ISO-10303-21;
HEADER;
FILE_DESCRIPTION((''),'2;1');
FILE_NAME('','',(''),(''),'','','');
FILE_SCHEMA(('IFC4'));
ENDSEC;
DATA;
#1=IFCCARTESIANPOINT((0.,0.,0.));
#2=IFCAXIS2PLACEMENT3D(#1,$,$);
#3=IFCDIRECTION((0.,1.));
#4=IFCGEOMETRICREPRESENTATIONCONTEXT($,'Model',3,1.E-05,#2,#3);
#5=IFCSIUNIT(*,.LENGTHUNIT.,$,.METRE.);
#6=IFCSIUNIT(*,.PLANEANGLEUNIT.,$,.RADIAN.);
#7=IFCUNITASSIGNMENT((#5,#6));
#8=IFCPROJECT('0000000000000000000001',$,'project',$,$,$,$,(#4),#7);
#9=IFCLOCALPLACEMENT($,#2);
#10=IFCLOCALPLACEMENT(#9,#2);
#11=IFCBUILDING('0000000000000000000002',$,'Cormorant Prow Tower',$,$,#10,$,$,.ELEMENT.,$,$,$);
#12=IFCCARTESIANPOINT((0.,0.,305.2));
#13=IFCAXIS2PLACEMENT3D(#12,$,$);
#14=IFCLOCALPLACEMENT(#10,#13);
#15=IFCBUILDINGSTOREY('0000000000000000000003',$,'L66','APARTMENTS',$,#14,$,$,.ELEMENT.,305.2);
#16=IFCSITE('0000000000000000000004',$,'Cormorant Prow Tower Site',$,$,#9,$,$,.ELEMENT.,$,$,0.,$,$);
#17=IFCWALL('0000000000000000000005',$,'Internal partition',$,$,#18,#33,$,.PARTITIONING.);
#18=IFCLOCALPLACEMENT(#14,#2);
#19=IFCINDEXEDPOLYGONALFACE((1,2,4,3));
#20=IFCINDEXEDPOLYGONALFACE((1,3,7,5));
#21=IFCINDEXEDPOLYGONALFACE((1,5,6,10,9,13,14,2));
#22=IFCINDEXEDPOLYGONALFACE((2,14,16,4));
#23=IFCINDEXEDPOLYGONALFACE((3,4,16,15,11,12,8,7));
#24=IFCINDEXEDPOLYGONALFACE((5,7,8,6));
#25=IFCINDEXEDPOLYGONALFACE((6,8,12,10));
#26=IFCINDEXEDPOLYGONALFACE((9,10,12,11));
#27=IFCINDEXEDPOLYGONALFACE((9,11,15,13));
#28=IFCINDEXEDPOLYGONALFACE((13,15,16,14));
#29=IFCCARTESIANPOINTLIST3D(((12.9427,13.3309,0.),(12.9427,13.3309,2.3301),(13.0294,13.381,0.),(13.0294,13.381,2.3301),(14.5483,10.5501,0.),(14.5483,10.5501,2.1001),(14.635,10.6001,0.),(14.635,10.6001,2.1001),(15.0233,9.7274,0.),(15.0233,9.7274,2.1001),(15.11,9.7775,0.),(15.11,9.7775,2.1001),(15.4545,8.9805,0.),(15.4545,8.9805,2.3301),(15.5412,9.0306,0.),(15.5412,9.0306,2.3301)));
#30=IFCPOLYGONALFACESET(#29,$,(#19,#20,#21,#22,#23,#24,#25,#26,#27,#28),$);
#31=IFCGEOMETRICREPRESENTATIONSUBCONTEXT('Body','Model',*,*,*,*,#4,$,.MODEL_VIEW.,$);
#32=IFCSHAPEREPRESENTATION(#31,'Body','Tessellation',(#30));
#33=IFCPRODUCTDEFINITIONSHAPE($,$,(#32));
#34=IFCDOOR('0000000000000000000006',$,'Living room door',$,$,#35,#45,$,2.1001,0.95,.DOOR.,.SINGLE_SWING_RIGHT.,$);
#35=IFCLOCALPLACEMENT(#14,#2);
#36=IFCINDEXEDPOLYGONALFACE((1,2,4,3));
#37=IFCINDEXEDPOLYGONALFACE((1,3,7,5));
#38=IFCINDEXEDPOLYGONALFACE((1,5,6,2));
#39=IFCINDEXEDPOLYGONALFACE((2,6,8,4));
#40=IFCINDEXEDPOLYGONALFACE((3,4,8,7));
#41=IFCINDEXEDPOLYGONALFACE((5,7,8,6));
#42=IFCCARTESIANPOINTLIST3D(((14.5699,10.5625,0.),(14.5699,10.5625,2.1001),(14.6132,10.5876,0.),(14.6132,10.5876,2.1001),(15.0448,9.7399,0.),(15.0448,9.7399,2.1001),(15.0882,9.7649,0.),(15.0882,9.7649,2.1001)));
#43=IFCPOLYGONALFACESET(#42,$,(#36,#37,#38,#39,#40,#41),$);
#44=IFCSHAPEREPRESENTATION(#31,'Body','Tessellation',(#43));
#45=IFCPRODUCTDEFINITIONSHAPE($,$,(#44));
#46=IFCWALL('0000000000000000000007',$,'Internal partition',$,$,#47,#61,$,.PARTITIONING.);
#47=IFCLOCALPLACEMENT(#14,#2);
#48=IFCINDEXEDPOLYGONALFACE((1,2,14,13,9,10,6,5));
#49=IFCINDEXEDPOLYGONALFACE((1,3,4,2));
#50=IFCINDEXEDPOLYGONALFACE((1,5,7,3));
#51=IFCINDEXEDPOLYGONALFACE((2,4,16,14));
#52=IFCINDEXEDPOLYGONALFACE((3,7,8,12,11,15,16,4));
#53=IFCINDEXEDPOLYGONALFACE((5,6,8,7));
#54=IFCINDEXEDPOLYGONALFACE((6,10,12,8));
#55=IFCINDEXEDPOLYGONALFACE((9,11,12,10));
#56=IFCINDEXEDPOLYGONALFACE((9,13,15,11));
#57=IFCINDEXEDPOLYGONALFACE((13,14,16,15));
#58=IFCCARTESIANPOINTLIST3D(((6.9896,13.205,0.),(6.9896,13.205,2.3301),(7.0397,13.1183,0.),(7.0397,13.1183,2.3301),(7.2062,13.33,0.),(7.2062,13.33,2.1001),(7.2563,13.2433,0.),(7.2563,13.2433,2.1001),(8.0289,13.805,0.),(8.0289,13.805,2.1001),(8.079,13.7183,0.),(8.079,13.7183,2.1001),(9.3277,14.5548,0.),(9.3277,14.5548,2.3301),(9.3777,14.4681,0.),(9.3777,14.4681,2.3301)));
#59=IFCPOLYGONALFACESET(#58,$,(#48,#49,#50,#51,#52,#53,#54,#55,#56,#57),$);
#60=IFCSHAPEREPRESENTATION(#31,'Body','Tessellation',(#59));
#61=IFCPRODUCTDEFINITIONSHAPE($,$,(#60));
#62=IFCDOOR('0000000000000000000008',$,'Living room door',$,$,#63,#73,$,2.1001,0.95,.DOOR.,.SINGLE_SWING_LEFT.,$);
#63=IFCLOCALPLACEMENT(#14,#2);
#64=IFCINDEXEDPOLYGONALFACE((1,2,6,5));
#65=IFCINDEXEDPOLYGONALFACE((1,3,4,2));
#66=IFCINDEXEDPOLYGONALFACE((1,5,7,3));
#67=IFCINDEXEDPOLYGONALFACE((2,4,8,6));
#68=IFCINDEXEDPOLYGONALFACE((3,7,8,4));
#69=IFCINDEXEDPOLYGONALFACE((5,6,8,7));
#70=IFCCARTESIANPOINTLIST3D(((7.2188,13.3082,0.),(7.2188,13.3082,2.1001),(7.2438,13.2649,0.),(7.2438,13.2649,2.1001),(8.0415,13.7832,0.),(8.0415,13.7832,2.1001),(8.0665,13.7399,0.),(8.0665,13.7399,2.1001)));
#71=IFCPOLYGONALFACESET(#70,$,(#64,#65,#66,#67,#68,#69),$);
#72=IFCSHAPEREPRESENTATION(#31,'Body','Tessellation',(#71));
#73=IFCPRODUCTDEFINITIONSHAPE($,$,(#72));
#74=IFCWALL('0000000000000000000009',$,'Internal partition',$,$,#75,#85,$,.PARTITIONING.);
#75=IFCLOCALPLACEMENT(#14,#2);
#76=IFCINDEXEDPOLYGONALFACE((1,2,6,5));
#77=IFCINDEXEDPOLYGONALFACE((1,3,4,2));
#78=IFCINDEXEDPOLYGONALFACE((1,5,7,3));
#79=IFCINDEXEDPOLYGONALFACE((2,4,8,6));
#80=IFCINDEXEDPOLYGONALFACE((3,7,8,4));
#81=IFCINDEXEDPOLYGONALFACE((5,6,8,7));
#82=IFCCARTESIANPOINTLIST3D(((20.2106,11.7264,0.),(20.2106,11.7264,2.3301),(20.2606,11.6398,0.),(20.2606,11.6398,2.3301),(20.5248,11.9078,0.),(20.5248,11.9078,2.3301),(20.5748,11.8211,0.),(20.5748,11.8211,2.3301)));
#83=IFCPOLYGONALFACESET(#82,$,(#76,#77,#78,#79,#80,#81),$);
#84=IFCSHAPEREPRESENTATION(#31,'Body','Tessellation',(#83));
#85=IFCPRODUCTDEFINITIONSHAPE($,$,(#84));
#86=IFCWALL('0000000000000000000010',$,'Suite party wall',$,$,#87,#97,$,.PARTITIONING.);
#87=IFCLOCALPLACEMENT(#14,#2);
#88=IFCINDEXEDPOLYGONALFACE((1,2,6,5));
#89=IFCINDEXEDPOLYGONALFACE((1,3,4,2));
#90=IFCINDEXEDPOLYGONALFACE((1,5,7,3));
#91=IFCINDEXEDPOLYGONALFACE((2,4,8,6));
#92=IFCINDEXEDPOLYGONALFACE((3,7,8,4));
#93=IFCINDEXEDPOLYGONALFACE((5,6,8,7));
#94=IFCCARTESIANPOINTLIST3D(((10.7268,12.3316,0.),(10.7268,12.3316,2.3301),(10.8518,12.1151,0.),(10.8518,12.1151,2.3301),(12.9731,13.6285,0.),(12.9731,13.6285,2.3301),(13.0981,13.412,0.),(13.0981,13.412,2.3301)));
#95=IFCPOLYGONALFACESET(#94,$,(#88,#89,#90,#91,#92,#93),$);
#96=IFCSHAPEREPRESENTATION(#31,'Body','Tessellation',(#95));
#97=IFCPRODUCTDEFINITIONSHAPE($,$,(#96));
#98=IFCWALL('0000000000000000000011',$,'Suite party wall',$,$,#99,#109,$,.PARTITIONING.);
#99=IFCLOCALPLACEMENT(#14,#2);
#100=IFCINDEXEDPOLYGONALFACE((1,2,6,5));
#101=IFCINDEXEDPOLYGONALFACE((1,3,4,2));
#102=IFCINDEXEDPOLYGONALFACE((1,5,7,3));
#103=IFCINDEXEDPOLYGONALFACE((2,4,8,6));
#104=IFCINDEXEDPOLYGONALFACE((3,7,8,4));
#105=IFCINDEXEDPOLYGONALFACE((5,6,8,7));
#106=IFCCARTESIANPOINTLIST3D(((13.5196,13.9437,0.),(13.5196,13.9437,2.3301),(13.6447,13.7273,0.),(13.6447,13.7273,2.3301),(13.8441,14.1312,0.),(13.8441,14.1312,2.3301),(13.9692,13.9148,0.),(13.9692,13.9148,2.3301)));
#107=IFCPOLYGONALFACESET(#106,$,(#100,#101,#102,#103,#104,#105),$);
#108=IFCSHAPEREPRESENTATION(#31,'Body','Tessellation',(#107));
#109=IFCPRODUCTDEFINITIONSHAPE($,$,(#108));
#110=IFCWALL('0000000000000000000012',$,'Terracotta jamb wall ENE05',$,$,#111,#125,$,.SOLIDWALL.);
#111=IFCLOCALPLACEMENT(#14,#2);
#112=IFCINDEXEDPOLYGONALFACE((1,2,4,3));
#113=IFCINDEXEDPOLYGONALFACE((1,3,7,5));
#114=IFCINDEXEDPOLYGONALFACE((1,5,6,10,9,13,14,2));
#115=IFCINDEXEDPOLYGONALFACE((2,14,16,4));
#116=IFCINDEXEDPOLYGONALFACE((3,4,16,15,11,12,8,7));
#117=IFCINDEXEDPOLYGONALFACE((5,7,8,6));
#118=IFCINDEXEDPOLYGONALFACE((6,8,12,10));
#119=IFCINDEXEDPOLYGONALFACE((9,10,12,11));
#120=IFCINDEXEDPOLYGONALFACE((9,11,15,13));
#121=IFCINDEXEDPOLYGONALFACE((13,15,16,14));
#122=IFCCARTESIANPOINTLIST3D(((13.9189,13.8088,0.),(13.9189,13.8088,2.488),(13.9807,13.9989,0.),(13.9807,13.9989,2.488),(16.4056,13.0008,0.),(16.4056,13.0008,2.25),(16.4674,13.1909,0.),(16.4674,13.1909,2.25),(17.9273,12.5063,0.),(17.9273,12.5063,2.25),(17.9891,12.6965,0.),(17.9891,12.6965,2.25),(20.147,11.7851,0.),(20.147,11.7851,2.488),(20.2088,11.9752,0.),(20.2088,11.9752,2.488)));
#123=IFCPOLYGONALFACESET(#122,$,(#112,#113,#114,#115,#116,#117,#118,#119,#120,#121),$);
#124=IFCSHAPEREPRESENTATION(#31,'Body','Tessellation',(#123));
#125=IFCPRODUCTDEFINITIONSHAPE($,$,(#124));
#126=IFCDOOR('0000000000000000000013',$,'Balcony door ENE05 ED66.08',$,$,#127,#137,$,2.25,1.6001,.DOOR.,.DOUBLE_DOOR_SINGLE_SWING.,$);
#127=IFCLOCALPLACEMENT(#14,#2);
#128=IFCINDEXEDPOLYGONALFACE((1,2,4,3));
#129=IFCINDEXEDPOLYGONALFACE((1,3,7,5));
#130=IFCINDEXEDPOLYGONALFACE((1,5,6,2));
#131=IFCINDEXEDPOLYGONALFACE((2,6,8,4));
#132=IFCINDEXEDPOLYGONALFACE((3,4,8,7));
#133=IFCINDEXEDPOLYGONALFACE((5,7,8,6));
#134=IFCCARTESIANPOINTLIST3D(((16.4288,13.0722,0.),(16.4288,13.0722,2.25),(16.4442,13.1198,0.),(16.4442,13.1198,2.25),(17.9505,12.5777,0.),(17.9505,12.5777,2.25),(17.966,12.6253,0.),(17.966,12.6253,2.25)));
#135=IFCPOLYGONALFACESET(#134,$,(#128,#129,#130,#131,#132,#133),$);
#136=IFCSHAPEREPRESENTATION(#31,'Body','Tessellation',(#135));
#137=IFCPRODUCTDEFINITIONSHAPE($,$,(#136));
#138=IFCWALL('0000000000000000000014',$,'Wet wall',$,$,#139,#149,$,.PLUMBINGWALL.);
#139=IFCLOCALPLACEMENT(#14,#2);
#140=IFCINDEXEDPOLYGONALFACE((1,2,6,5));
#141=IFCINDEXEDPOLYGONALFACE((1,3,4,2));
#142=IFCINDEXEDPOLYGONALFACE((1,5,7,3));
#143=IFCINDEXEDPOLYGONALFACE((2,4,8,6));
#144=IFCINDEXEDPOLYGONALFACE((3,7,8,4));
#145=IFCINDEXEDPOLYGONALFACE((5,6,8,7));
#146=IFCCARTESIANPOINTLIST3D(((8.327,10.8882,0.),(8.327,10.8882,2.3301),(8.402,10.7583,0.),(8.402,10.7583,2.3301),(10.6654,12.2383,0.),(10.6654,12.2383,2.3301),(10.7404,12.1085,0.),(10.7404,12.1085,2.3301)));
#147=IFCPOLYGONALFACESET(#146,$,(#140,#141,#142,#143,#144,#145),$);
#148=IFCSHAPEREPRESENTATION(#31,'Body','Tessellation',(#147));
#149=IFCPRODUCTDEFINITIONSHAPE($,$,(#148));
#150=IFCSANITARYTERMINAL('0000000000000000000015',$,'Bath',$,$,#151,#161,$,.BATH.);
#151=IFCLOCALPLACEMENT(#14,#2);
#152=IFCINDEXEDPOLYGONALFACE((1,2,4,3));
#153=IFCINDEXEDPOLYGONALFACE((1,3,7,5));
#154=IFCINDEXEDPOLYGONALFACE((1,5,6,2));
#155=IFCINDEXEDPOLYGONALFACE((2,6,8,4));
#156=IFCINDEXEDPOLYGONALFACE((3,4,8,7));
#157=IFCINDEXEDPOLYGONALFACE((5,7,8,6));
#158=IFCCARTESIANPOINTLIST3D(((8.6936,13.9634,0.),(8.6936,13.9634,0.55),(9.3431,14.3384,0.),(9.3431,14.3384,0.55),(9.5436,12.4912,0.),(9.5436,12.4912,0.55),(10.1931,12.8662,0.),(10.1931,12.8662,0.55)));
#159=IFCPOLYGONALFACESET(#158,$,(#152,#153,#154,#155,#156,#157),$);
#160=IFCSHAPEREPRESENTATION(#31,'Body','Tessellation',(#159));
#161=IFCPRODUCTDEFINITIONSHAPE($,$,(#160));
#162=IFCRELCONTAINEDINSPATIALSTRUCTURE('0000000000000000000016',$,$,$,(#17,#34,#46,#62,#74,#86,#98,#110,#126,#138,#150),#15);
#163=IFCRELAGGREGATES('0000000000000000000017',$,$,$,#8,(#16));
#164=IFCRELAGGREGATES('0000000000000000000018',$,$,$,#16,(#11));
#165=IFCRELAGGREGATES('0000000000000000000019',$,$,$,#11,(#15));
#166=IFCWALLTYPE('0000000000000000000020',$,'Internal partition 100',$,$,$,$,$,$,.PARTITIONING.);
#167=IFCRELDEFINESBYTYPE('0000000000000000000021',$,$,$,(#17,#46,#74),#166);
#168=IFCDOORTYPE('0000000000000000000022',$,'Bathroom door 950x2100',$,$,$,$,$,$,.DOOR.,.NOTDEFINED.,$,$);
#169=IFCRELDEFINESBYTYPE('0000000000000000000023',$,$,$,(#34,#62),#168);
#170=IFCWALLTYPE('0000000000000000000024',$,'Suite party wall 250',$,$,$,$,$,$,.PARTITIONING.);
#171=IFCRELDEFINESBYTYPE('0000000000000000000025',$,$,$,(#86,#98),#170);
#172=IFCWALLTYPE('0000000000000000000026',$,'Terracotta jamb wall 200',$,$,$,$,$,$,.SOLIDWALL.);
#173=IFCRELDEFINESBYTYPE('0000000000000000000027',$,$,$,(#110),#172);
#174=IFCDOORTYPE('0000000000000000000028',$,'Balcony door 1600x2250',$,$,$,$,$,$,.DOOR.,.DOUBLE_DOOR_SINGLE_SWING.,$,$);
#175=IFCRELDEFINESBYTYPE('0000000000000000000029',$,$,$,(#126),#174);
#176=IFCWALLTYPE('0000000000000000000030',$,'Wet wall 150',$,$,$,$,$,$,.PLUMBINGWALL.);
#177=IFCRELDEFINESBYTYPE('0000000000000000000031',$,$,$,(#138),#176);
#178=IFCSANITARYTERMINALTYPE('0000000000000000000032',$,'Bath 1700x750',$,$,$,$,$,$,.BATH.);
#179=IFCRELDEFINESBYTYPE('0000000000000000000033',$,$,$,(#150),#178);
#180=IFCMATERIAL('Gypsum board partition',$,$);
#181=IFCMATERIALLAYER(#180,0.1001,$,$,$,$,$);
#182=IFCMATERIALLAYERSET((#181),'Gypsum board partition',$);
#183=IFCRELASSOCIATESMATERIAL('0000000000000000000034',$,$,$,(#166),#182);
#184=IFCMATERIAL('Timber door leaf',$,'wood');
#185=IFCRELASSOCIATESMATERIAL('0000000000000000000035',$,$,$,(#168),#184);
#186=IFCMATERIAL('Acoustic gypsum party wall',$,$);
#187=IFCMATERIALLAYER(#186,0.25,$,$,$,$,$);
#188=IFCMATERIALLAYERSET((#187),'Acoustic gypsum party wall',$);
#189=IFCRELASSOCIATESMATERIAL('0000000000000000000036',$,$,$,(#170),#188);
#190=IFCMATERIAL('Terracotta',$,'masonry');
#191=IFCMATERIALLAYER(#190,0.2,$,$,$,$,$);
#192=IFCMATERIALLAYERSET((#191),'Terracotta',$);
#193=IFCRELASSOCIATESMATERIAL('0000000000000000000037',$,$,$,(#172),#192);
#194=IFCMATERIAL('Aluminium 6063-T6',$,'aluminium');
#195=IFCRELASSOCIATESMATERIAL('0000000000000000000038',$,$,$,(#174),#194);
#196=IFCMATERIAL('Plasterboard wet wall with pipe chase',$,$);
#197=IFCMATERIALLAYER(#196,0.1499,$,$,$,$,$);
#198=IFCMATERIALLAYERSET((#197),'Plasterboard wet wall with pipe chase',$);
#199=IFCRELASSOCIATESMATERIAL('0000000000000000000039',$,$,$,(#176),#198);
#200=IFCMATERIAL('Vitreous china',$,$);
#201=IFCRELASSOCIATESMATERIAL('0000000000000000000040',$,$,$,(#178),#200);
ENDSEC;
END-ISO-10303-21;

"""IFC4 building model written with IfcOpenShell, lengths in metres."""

from ifc_helpers import new_model, si_unit, direction, frame, frame_2d, origin, origin_2d, place, context, subcontext, project, spatial, rectangle, extrude, material, layer, layer_set, type_object, element, fill, save


model = new_model("IFC4")

# Units and contexts
model_context = context("Model", 3, precision=1e-05, world=origin(), true_north=direction((0.0, 1.0)))
body_context = subcontext(model_context, "Body", "Model", "MODEL_VIEW")
ifc_project = project(units=[si_unit("LENGTHUNIT", "METRE"), si_unit("PLANEANGLEUNIT", "RADIAN")], contexts=[model_context])

# Site, building, storey
site_placement = place(None, origin())
site = spatial("IfcSite", under=ifc_project, at=site_placement, Name="Cormorant Prow Tower Site", CompositionType="ELEMENT", RefElevation=0.0)
building_placement = place(site_placement, origin())
building = spatial("IfcBuilding", under=site, at=building_placement, Name="Cormorant Prow Tower", CompositionType="ELEMENT")
storey_placement = place(building_placement, frame((0.0, 0.0, 305.2)))
storey = spatial("IfcBuildingStorey", under=building, at=storey_placement, Name="L66", Description="APARTMENTS", CompositionType="ELEMENT", Elevation=305.2)

# Shared definitions
ifc_material_1 = material(Name="Gypsum board partition")
ifc_layer_1 = layer(ifc_material_1, 0.1001)
ifc_layer_set_1 = layer_set([ifc_layer_1], Name="Gypsum board partition")
wall_type_1 = type_object("IfcWallType", Name="Internal partition 100", PredefinedType="PARTITIONING", material=ifc_layer_set_1)
ifc_material_2 = material(Name="Timber door leaf", Category="wood")
door_type_1 = type_object("IfcDoorType", Name="Bathroom door 950x2100", OperationType="NOTDEFINED", PredefinedType="DOOR", material=ifc_material_2)

# Walls, openings, doors
wall_1_placement = place(storey_placement, frame((12.9861, 13.356, 0.0), z_axis=(0.0, 0.0, 1.0), x_axis=(0.500007, -0.866021, 0.0)))
wall_1 = element("IfcWall", 1, at=wall_1_placement, inside=storey, type_object=wall_type_1, Name="Internal partition", PredefinedType="PARTITIONING", context=body_context, shape_type="SweptSolid", body=[
    extrude(rectangle(XDim=5.0234, YDim=0.1001, at=frame_2d((2.5117, 0.0))), origin(), (0.0, 0.0, 1.0), 2.3301),
])
opening_1_placement = place(wall_1_placement, frame((3.2109, 0.0, 0.0)))
opening_1 = element("IfcOpeningElement", 2, at=opening_1_placement, cuts=wall_1, PredefinedType="OPENING", context=body_context, shape_type="SweptSolid", body=[
    extrude(rectangle(XDim=0.95, YDim=2.1001, at=frame_2d((0.4751, 1.05))), frame((0.0, 0.0601, 0.0), z_axis=(0.0, -1.0, 0.0), x_axis=(1.0, 0.0, 0.0)), (0.0, 0.0, 1.0), 0.1201),
])
door_1_placement = place(opening_1_placement, origin())
door_1 = element("IfcDoor", 3, at=door_1_placement, inside=storey, type_object=door_type_1, Name="Living room door", OperationType="SINGLE_SWING_RIGHT", OverallHeight=2.1001, OverallWidth=0.95, PredefinedType="DOOR", context=body_context, shape_type="SweptSolid", body=[
    extrude(rectangle(XDim=0.95, YDim=2.1001, at=frame_2d((0.4751, 1.05))), frame((0.0, 0.0249, 0.0), z_axis=(0.0, -1.0, 0.0), x_axis=(1.0, 0.0, 0.0)), (0.0, 0.0, 1.0), 0.05),
])
fill(opening_1, door_1)
wall_2_placement = place(storey_placement, frame((7.0146, 13.1616, 0.0), z_axis=(0.0, 0.0, 1.0), x_axis=(0.866037, 0.499981, 0.0)))
wall_2 = element("IfcWall", 4, at=wall_2_placement, inside=storey, type_object=wall_type_1, Name="Internal partition", PredefinedType="PARTITIONING", context=body_context, shape_type="SweptSolid", body=[
    extrude(rectangle(XDim=2.6997, YDim=0.1001, at=frame_2d((1.3499, 0.0))), origin(), (0.0, 0.0, 1.0), 2.3301),
])
opening_2_placement = place(wall_2_placement, frame((0.25, 0.0, 0.0)))
opening_2 = element("IfcOpeningElement", 5, at=opening_2_placement, cuts=wall_2, PredefinedType="OPENING", context=body_context, shape_type="SweptSolid", body=[
    extrude(rectangle(XDim=0.95, YDim=2.1001, at=frame_2d((0.4751, 1.05))), frame((0.0, 0.0601, 0.0), z_axis=(0.0, -1.0, 0.0), x_axis=(1.0, 0.0, 0.0)), (0.0, 0.0, 1.0), 0.1201),
])
door_2_placement = place(opening_2_placement, origin())
door_2 = element("IfcDoor", 6, at=door_2_placement, inside=storey, type_object=door_type_1, Name="Living room door", OperationType="SINGLE_SWING_LEFT", OverallHeight=2.1001, OverallWidth=0.95, PredefinedType="DOOR", context=body_context, shape_type="SweptSolid", body=[
    extrude(rectangle(XDim=0.95, YDim=2.1001, at=frame_2d((0.4751, 1.05))), frame((0.0, 0.0249, 0.0), z_axis=(0.0, -1.0, 0.0), x_axis=(1.0, 0.0, 0.0)), (0.0, 0.0, 1.0), 0.05),
])
fill(opening_2, door_2)

# Walls
wall_3_placement = place(storey_placement, frame((20.2356, 11.6831, 0.0), z_axis=(0.0, 0.0, 1.0), x_axis=(0.86604, 0.499975, 0.0)))
element("IfcWall", 7, at=wall_3_placement, inside=storey, type_object=wall_type_1, Name="Internal partition", PredefinedType="PARTITIONING", context=body_context, shape_type="SweptSolid", body=[
    extrude(rectangle(XDim=0.3628, YDim=0.1001, at=frame_2d((0.1814, 0.0))), origin(), (0.0, 0.0, 1.0), 2.3301),
])
ifc_material_3 = material(Name="Acoustic gypsum party wall")
ifc_layer_2 = layer(ifc_material_3, 0.25)
ifc_layer_set_2 = layer_set([ifc_layer_2], Name="Acoustic gypsum party wall")
wall_type_2 = type_object("IfcWallType", Name="Suite party wall 250", PredefinedType="PARTITIONING", material=ifc_layer_set_2)
wall_4_placement = place(storey_placement, frame((10.7893, 12.2234, 0.0), z_axis=(0.0, 0.0, 1.0), x_axis=(0.866034, 0.499986, 0.0)))
element("IfcWall", 8, at=wall_4_placement, inside=storey, type_object=wall_type_2, Name="Suite party wall", PredefinedType="PARTITIONING", context=body_context, shape_type="SweptSolid", body=[
    extrude(rectangle(XDim=2.5938, YDim=0.25, at=frame_2d((1.2969, 0.0))), origin(), (0.0, 0.0, 1.0), 2.3301),
])
wall_5_placement = place(storey_placement, frame((13.582, 13.8354, 0.0), z_axis=(0.0, 0.0, 1.0), x_axis=(0.865827, 0.500343, 0.0)))
element("IfcWall", 9, at=wall_5_placement, inside=storey, type_object=wall_type_2, Name="Suite party wall", PredefinedType="PARTITIONING", context=body_context, shape_type="SweptSolid", body=[
    extrude(rectangle(XDim=0.3748, YDim=0.25, at=frame_2d((0.1875, 0.0))), origin(), (0.0, 0.0, 1.0), 2.3301),
])

# Wall, opening, door
ifc_material_4 = material(Name="Terracotta", Category="masonry")
ifc_layer_3 = layer(ifc_material_4, 0.2)
ifc_layer_set_3 = layer_set([ifc_layer_3], Name="Terracotta")
wall_type_3 = type_object("IfcWallType", Name="Terracotta jamb wall 200", PredefinedType="SOLIDWALL", material=ifc_layer_set_3)
wall_6_placement = place(storey_placement, frame((20.178, 11.8801, 0.0), z_axis=(0.0, 0.0, 1.0), x_axis=(-0.951053, 0.309027, 0.0)))
wall_6 = element("IfcWall", 10, at=wall_6_placement, inside=storey, type_object=wall_type_3, Name="Terracotta jamb wall ENE05", PredefinedType="SOLIDWALL", context=body_context, shape_type="SweptSolid", body=[
    extrude(rectangle(XDim=6.5486, YDim=0.2, at=frame_2d((3.2744, 0.0))), origin(), (0.0, 0.0, 1.0), 2.488),
])
opening_3_placement = place(wall_6_placement, frame((2.334, 0.0, 0.0)))
opening_3 = element("IfcOpeningElement", 11, at=opening_3_placement, cuts=wall_6, PredefinedType="OPENING", context=body_context, shape_type="SweptSolid", body=[
    extrude(rectangle(XDim=1.6001, YDim=2.25, at=frame_2d((0.8, 1.125))), frame((0.0, 0.1099, 0.0), z_axis=(0.0, -1.0, 0.0), x_axis=(1.0, 0.0, 0.0)), (0.0, 0.0, 1.0), 0.22),
])
ifc_material_5 = material(Name="Aluminium 6063-T6", Category="aluminium")
door_type_2 = type_object("IfcDoorType", Name="Balcony door 1600x2250", OperationType="DOUBLE_DOOR_SINGLE_SWING", PredefinedType="DOOR", material=ifc_material_5)
door_3_placement = place(opening_3_placement, origin())
door_3 = element("IfcDoor", 12, at=door_3_placement, inside=storey, type_object=door_type_2, Name="Balcony door ENE05 ED66.08", OperationType="DOUBLE_DOOR_SINGLE_SWING", OverallHeight=2.25, OverallWidth=1.6001, PredefinedType="DOOR", context=body_context, shape_type="SweptSolid", body=[
    extrude(rectangle(XDim=1.6001, YDim=2.25, at=frame_2d((0.8, 1.125))), frame((0.0, 0.0249, 0.0), z_axis=(0.0, -1.0, 0.0), x_axis=(1.0, 0.0, 0.0)), (0.0, 0.0, 1.0), 0.05),
])
fill(opening_3, door_3)

# Wall
ifc_material_6 = material(Name="Plasterboard wet wall with pipe chase")
ifc_layer_4 = layer(ifc_material_6, 0.1499)
ifc_layer_set_4 = layer_set([ifc_layer_4], Name="Plasterboard wet wall with pipe chase")
wall_type_4 = type_object("IfcWallType", Name="Wet wall 150", PredefinedType="PLUMBINGWALL", material=ifc_layer_set_4)
wall_7_placement = place(storey_placement, frame((8.3645, 10.8232, 0.0), z_axis=(0.0, 0.0, 1.0), x_axis=(0.86602, 0.500009, 0.0)))
element("IfcWall", 13, at=wall_7_placement, inside=storey, type_object=wall_type_4, Name="Wet wall", PredefinedType="PLUMBINGWALL", context=body_context, shape_type="SweptSolid", body=[
    extrude(rectangle(XDim=2.7002, YDim=0.1499, at=frame_2d((1.3501, 0.0))), origin(), (0.0, 0.0, 1.0), 2.3301),
])

# Sanitary terminal
ifc_material_7 = material(Name="Vitreous china")
sanitary_terminal_type_1 = type_object("IfcSanitaryTerminalType", Name="Bath 1700x750", PredefinedType="BATH", material=ifc_material_7)
sanitary_terminal_placement = place(storey_placement, frame((9.4434, 13.4148, 0.0), z_axis=(0.0, 0.0, 1.0), x_axis=(0.5, -0.866025, 0.0)))
element("IfcSanitaryTerminal", 14, at=sanitary_terminal_placement, inside=storey, type_object=sanitary_terminal_type_1, Name="Bath", PredefinedType="BATH", context=body_context, shape_type="SweptSolid", body=[
    extrude(rectangle(XDim=1.7, YDim=0.75, at=origin_2d()), origin(), (0.0, 0.0, 1.0), 0.55),
])

save(model, "model.ifc")
